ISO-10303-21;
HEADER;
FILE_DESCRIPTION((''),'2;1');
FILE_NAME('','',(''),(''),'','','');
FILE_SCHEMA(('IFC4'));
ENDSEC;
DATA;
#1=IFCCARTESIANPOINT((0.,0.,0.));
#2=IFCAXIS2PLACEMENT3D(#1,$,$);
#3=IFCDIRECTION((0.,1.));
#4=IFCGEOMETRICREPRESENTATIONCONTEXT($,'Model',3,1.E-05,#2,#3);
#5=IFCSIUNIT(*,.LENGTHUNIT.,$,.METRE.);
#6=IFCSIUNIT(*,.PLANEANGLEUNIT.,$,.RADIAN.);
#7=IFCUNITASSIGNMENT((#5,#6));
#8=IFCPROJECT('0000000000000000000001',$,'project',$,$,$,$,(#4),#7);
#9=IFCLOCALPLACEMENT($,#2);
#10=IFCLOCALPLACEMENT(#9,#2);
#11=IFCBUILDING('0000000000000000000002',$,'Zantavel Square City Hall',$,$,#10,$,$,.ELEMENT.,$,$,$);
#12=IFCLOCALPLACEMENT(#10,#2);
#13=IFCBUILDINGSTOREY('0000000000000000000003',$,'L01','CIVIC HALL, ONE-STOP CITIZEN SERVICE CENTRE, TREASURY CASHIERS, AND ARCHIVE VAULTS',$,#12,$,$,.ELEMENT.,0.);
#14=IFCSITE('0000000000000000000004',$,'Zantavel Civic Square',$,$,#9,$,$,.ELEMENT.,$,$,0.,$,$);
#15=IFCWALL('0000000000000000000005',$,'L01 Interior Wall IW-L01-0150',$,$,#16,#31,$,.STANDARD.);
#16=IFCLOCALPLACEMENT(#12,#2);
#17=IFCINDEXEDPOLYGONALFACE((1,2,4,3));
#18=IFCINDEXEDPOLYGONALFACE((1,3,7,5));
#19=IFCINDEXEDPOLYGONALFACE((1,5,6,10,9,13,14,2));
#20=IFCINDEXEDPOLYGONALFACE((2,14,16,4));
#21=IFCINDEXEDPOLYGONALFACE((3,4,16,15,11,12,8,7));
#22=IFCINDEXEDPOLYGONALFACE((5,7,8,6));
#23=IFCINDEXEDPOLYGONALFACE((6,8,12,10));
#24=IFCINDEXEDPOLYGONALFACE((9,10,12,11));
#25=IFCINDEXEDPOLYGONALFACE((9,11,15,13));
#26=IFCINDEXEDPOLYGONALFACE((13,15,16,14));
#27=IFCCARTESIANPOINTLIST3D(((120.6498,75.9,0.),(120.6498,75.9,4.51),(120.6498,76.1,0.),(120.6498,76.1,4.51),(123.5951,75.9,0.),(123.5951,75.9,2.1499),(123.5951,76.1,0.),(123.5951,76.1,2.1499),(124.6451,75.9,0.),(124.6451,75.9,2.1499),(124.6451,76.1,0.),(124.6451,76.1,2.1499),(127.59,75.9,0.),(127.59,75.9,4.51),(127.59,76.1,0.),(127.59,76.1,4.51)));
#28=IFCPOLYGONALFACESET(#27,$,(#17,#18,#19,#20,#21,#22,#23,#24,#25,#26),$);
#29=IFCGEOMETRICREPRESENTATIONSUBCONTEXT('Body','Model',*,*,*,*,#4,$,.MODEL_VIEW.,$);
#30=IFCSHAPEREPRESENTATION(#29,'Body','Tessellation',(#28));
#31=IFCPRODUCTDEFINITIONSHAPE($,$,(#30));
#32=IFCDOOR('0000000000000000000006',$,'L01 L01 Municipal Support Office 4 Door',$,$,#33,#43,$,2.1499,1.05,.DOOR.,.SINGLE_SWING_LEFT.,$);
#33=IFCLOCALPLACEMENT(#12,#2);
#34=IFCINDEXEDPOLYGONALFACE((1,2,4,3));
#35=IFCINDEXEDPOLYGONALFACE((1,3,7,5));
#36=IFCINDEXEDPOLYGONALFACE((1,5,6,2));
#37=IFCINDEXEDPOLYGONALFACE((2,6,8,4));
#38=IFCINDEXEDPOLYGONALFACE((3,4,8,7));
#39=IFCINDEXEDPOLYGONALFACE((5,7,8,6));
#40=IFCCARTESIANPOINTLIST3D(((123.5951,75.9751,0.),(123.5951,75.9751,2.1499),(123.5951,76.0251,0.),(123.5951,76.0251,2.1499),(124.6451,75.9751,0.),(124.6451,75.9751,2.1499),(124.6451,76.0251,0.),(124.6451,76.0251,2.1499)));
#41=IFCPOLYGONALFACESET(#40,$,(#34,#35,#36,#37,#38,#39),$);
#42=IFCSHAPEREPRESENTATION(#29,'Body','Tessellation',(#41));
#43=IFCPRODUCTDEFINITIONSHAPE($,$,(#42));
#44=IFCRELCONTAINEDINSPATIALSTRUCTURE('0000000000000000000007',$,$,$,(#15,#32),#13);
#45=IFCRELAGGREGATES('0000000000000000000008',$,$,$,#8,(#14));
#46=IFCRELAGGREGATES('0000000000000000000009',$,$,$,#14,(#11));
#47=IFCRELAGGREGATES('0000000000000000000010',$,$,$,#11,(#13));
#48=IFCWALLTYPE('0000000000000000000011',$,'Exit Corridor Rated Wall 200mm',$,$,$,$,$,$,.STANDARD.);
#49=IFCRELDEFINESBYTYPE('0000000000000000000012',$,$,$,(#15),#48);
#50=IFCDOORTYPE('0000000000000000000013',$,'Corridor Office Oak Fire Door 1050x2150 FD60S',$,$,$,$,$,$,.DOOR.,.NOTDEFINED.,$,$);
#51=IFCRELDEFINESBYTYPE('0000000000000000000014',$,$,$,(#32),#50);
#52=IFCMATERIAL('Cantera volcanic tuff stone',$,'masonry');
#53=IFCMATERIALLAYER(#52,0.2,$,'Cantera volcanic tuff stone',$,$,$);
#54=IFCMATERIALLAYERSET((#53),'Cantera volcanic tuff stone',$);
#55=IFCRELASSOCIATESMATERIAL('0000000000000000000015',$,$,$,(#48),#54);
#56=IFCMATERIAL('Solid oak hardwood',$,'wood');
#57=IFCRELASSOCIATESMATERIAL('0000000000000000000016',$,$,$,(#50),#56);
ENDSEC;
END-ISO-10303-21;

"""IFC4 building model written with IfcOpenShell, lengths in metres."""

from ifc_helpers import new_model, si_unit, direction, frame, frame_2d, origin, place, context, subcontext, project, spatial, rectangle, extrude, material, layer, layer_set, type_object, element, fill, save


model = new_model("IFC4")

# Units and contexts
model_context = context("Model", 3, precision=1e-05, world=origin(), true_north=direction((0.0, 1.0)))
body_context = subcontext(model_context, "Body", "Model", "MODEL_VIEW")
ifc_project = project(units=[si_unit("LENGTHUNIT", "METRE"), si_unit("PLANEANGLEUNIT", "RADIAN")], contexts=[model_context])

# Site, building, storey
site_placement = place(None, origin())
site = spatial("IfcSite", under=ifc_project, at=site_placement, Name="Zantavel Civic Square", CompositionType="ELEMENT", RefElevation=0.0)
building_placement = place(site_placement, origin())
building = spatial("IfcBuilding", under=site, at=building_placement, Name="Zantavel Square City Hall", CompositionType="ELEMENT")
storey_placement = place(building_placement, origin())
storey = spatial("IfcBuildingStorey", under=building, at=storey_placement, Name="L01", Description="CIVIC HALL, ONE-STOP CITIZEN SERVICE CENTRE, TREASURY CASHIERS, AND ARCHIVE VAULTS", CompositionType="ELEMENT", Elevation=0.0)

# Wall, opening, door
ifc_material_1 = material(Name="Cantera volcanic tuff stone", Category="masonry")
ifc_layer_1 = layer(ifc_material_1, 0.2, Name="Cantera volcanic tuff stone")
ifc_layer_set_1 = layer_set([ifc_layer_1], Name="Cantera volcanic tuff stone")
wall_type = type_object("IfcWallType", Name="Exit Corridor Rated Wall 200mm", PredefinedType="STANDARD", material=ifc_layer_set_1)
wall_placement = place(storey_placement, frame((127.5901, 76.0, 0.0), z_axis=(0.0, 0.0, 1.0), x_axis=(-1.0, 0.0, 0.0)))
wall = element("IfcWall", 1, at=wall_placement, inside=storey, type_object=wall_type, Name="L01 Interior Wall IW-L01-0150", PredefinedType="STANDARD", context=body_context, shape_type="SweptSolid", body=[
    extrude(rectangle(XDim=6.9402, YDim=0.2, at=frame_2d((3.4702, 0.0))), origin(), (0.0, 0.0, 1.0), 4.51),
])
opening_placement = place(wall_placement, frame((2.9451, 0.0, 0.0)))
opening = element("IfcOpeningElement", 2, at=opening_placement, cuts=wall, PredefinedType="OPENING", context=body_context, shape_type="SweptSolid", body=[
    extrude(rectangle(XDim=1.05, YDim=2.1499, at=frame_2d((0.5249, 1.075))), frame((0.0, 0.1099, 0.0), z_axis=(0.0, -1.0, 0.0), x_axis=(1.0, 0.0, 0.0)), (0.0, 0.0, 1.0), 0.22),
])
ifc_material_2 = material(Name="Solid oak hardwood", Category="wood")
door_type = type_object("IfcDoorType", Name="Corridor Office Oak Fire Door 1050x2150 FD60S", OperationType="NOTDEFINED", PredefinedType="DOOR", material=ifc_material_2)
door_placement = place(opening_placement, origin())
door = element("IfcDoor", 3, at=door_placement, inside=storey, type_object=door_type, Name="L01 L01 Municipal Support Office 4 Door", OperationType="SINGLE_SWING_LEFT", OverallHeight=2.1499, OverallWidth=1.05, PredefinedType="DOOR", context=body_context, shape_type="SweptSolid", body=[
    extrude(rectangle(XDim=1.05, YDim=2.1499, at=frame_2d((0.5249, 1.075))), frame((0.0, 0.0249, 0.0), z_axis=(0.0, -1.0, 0.0), x_axis=(1.0, 0.0, 0.0)), (0.0, 0.0, 1.0), 0.05),
])
fill(opening, door)

save(model, "model.ifc")
